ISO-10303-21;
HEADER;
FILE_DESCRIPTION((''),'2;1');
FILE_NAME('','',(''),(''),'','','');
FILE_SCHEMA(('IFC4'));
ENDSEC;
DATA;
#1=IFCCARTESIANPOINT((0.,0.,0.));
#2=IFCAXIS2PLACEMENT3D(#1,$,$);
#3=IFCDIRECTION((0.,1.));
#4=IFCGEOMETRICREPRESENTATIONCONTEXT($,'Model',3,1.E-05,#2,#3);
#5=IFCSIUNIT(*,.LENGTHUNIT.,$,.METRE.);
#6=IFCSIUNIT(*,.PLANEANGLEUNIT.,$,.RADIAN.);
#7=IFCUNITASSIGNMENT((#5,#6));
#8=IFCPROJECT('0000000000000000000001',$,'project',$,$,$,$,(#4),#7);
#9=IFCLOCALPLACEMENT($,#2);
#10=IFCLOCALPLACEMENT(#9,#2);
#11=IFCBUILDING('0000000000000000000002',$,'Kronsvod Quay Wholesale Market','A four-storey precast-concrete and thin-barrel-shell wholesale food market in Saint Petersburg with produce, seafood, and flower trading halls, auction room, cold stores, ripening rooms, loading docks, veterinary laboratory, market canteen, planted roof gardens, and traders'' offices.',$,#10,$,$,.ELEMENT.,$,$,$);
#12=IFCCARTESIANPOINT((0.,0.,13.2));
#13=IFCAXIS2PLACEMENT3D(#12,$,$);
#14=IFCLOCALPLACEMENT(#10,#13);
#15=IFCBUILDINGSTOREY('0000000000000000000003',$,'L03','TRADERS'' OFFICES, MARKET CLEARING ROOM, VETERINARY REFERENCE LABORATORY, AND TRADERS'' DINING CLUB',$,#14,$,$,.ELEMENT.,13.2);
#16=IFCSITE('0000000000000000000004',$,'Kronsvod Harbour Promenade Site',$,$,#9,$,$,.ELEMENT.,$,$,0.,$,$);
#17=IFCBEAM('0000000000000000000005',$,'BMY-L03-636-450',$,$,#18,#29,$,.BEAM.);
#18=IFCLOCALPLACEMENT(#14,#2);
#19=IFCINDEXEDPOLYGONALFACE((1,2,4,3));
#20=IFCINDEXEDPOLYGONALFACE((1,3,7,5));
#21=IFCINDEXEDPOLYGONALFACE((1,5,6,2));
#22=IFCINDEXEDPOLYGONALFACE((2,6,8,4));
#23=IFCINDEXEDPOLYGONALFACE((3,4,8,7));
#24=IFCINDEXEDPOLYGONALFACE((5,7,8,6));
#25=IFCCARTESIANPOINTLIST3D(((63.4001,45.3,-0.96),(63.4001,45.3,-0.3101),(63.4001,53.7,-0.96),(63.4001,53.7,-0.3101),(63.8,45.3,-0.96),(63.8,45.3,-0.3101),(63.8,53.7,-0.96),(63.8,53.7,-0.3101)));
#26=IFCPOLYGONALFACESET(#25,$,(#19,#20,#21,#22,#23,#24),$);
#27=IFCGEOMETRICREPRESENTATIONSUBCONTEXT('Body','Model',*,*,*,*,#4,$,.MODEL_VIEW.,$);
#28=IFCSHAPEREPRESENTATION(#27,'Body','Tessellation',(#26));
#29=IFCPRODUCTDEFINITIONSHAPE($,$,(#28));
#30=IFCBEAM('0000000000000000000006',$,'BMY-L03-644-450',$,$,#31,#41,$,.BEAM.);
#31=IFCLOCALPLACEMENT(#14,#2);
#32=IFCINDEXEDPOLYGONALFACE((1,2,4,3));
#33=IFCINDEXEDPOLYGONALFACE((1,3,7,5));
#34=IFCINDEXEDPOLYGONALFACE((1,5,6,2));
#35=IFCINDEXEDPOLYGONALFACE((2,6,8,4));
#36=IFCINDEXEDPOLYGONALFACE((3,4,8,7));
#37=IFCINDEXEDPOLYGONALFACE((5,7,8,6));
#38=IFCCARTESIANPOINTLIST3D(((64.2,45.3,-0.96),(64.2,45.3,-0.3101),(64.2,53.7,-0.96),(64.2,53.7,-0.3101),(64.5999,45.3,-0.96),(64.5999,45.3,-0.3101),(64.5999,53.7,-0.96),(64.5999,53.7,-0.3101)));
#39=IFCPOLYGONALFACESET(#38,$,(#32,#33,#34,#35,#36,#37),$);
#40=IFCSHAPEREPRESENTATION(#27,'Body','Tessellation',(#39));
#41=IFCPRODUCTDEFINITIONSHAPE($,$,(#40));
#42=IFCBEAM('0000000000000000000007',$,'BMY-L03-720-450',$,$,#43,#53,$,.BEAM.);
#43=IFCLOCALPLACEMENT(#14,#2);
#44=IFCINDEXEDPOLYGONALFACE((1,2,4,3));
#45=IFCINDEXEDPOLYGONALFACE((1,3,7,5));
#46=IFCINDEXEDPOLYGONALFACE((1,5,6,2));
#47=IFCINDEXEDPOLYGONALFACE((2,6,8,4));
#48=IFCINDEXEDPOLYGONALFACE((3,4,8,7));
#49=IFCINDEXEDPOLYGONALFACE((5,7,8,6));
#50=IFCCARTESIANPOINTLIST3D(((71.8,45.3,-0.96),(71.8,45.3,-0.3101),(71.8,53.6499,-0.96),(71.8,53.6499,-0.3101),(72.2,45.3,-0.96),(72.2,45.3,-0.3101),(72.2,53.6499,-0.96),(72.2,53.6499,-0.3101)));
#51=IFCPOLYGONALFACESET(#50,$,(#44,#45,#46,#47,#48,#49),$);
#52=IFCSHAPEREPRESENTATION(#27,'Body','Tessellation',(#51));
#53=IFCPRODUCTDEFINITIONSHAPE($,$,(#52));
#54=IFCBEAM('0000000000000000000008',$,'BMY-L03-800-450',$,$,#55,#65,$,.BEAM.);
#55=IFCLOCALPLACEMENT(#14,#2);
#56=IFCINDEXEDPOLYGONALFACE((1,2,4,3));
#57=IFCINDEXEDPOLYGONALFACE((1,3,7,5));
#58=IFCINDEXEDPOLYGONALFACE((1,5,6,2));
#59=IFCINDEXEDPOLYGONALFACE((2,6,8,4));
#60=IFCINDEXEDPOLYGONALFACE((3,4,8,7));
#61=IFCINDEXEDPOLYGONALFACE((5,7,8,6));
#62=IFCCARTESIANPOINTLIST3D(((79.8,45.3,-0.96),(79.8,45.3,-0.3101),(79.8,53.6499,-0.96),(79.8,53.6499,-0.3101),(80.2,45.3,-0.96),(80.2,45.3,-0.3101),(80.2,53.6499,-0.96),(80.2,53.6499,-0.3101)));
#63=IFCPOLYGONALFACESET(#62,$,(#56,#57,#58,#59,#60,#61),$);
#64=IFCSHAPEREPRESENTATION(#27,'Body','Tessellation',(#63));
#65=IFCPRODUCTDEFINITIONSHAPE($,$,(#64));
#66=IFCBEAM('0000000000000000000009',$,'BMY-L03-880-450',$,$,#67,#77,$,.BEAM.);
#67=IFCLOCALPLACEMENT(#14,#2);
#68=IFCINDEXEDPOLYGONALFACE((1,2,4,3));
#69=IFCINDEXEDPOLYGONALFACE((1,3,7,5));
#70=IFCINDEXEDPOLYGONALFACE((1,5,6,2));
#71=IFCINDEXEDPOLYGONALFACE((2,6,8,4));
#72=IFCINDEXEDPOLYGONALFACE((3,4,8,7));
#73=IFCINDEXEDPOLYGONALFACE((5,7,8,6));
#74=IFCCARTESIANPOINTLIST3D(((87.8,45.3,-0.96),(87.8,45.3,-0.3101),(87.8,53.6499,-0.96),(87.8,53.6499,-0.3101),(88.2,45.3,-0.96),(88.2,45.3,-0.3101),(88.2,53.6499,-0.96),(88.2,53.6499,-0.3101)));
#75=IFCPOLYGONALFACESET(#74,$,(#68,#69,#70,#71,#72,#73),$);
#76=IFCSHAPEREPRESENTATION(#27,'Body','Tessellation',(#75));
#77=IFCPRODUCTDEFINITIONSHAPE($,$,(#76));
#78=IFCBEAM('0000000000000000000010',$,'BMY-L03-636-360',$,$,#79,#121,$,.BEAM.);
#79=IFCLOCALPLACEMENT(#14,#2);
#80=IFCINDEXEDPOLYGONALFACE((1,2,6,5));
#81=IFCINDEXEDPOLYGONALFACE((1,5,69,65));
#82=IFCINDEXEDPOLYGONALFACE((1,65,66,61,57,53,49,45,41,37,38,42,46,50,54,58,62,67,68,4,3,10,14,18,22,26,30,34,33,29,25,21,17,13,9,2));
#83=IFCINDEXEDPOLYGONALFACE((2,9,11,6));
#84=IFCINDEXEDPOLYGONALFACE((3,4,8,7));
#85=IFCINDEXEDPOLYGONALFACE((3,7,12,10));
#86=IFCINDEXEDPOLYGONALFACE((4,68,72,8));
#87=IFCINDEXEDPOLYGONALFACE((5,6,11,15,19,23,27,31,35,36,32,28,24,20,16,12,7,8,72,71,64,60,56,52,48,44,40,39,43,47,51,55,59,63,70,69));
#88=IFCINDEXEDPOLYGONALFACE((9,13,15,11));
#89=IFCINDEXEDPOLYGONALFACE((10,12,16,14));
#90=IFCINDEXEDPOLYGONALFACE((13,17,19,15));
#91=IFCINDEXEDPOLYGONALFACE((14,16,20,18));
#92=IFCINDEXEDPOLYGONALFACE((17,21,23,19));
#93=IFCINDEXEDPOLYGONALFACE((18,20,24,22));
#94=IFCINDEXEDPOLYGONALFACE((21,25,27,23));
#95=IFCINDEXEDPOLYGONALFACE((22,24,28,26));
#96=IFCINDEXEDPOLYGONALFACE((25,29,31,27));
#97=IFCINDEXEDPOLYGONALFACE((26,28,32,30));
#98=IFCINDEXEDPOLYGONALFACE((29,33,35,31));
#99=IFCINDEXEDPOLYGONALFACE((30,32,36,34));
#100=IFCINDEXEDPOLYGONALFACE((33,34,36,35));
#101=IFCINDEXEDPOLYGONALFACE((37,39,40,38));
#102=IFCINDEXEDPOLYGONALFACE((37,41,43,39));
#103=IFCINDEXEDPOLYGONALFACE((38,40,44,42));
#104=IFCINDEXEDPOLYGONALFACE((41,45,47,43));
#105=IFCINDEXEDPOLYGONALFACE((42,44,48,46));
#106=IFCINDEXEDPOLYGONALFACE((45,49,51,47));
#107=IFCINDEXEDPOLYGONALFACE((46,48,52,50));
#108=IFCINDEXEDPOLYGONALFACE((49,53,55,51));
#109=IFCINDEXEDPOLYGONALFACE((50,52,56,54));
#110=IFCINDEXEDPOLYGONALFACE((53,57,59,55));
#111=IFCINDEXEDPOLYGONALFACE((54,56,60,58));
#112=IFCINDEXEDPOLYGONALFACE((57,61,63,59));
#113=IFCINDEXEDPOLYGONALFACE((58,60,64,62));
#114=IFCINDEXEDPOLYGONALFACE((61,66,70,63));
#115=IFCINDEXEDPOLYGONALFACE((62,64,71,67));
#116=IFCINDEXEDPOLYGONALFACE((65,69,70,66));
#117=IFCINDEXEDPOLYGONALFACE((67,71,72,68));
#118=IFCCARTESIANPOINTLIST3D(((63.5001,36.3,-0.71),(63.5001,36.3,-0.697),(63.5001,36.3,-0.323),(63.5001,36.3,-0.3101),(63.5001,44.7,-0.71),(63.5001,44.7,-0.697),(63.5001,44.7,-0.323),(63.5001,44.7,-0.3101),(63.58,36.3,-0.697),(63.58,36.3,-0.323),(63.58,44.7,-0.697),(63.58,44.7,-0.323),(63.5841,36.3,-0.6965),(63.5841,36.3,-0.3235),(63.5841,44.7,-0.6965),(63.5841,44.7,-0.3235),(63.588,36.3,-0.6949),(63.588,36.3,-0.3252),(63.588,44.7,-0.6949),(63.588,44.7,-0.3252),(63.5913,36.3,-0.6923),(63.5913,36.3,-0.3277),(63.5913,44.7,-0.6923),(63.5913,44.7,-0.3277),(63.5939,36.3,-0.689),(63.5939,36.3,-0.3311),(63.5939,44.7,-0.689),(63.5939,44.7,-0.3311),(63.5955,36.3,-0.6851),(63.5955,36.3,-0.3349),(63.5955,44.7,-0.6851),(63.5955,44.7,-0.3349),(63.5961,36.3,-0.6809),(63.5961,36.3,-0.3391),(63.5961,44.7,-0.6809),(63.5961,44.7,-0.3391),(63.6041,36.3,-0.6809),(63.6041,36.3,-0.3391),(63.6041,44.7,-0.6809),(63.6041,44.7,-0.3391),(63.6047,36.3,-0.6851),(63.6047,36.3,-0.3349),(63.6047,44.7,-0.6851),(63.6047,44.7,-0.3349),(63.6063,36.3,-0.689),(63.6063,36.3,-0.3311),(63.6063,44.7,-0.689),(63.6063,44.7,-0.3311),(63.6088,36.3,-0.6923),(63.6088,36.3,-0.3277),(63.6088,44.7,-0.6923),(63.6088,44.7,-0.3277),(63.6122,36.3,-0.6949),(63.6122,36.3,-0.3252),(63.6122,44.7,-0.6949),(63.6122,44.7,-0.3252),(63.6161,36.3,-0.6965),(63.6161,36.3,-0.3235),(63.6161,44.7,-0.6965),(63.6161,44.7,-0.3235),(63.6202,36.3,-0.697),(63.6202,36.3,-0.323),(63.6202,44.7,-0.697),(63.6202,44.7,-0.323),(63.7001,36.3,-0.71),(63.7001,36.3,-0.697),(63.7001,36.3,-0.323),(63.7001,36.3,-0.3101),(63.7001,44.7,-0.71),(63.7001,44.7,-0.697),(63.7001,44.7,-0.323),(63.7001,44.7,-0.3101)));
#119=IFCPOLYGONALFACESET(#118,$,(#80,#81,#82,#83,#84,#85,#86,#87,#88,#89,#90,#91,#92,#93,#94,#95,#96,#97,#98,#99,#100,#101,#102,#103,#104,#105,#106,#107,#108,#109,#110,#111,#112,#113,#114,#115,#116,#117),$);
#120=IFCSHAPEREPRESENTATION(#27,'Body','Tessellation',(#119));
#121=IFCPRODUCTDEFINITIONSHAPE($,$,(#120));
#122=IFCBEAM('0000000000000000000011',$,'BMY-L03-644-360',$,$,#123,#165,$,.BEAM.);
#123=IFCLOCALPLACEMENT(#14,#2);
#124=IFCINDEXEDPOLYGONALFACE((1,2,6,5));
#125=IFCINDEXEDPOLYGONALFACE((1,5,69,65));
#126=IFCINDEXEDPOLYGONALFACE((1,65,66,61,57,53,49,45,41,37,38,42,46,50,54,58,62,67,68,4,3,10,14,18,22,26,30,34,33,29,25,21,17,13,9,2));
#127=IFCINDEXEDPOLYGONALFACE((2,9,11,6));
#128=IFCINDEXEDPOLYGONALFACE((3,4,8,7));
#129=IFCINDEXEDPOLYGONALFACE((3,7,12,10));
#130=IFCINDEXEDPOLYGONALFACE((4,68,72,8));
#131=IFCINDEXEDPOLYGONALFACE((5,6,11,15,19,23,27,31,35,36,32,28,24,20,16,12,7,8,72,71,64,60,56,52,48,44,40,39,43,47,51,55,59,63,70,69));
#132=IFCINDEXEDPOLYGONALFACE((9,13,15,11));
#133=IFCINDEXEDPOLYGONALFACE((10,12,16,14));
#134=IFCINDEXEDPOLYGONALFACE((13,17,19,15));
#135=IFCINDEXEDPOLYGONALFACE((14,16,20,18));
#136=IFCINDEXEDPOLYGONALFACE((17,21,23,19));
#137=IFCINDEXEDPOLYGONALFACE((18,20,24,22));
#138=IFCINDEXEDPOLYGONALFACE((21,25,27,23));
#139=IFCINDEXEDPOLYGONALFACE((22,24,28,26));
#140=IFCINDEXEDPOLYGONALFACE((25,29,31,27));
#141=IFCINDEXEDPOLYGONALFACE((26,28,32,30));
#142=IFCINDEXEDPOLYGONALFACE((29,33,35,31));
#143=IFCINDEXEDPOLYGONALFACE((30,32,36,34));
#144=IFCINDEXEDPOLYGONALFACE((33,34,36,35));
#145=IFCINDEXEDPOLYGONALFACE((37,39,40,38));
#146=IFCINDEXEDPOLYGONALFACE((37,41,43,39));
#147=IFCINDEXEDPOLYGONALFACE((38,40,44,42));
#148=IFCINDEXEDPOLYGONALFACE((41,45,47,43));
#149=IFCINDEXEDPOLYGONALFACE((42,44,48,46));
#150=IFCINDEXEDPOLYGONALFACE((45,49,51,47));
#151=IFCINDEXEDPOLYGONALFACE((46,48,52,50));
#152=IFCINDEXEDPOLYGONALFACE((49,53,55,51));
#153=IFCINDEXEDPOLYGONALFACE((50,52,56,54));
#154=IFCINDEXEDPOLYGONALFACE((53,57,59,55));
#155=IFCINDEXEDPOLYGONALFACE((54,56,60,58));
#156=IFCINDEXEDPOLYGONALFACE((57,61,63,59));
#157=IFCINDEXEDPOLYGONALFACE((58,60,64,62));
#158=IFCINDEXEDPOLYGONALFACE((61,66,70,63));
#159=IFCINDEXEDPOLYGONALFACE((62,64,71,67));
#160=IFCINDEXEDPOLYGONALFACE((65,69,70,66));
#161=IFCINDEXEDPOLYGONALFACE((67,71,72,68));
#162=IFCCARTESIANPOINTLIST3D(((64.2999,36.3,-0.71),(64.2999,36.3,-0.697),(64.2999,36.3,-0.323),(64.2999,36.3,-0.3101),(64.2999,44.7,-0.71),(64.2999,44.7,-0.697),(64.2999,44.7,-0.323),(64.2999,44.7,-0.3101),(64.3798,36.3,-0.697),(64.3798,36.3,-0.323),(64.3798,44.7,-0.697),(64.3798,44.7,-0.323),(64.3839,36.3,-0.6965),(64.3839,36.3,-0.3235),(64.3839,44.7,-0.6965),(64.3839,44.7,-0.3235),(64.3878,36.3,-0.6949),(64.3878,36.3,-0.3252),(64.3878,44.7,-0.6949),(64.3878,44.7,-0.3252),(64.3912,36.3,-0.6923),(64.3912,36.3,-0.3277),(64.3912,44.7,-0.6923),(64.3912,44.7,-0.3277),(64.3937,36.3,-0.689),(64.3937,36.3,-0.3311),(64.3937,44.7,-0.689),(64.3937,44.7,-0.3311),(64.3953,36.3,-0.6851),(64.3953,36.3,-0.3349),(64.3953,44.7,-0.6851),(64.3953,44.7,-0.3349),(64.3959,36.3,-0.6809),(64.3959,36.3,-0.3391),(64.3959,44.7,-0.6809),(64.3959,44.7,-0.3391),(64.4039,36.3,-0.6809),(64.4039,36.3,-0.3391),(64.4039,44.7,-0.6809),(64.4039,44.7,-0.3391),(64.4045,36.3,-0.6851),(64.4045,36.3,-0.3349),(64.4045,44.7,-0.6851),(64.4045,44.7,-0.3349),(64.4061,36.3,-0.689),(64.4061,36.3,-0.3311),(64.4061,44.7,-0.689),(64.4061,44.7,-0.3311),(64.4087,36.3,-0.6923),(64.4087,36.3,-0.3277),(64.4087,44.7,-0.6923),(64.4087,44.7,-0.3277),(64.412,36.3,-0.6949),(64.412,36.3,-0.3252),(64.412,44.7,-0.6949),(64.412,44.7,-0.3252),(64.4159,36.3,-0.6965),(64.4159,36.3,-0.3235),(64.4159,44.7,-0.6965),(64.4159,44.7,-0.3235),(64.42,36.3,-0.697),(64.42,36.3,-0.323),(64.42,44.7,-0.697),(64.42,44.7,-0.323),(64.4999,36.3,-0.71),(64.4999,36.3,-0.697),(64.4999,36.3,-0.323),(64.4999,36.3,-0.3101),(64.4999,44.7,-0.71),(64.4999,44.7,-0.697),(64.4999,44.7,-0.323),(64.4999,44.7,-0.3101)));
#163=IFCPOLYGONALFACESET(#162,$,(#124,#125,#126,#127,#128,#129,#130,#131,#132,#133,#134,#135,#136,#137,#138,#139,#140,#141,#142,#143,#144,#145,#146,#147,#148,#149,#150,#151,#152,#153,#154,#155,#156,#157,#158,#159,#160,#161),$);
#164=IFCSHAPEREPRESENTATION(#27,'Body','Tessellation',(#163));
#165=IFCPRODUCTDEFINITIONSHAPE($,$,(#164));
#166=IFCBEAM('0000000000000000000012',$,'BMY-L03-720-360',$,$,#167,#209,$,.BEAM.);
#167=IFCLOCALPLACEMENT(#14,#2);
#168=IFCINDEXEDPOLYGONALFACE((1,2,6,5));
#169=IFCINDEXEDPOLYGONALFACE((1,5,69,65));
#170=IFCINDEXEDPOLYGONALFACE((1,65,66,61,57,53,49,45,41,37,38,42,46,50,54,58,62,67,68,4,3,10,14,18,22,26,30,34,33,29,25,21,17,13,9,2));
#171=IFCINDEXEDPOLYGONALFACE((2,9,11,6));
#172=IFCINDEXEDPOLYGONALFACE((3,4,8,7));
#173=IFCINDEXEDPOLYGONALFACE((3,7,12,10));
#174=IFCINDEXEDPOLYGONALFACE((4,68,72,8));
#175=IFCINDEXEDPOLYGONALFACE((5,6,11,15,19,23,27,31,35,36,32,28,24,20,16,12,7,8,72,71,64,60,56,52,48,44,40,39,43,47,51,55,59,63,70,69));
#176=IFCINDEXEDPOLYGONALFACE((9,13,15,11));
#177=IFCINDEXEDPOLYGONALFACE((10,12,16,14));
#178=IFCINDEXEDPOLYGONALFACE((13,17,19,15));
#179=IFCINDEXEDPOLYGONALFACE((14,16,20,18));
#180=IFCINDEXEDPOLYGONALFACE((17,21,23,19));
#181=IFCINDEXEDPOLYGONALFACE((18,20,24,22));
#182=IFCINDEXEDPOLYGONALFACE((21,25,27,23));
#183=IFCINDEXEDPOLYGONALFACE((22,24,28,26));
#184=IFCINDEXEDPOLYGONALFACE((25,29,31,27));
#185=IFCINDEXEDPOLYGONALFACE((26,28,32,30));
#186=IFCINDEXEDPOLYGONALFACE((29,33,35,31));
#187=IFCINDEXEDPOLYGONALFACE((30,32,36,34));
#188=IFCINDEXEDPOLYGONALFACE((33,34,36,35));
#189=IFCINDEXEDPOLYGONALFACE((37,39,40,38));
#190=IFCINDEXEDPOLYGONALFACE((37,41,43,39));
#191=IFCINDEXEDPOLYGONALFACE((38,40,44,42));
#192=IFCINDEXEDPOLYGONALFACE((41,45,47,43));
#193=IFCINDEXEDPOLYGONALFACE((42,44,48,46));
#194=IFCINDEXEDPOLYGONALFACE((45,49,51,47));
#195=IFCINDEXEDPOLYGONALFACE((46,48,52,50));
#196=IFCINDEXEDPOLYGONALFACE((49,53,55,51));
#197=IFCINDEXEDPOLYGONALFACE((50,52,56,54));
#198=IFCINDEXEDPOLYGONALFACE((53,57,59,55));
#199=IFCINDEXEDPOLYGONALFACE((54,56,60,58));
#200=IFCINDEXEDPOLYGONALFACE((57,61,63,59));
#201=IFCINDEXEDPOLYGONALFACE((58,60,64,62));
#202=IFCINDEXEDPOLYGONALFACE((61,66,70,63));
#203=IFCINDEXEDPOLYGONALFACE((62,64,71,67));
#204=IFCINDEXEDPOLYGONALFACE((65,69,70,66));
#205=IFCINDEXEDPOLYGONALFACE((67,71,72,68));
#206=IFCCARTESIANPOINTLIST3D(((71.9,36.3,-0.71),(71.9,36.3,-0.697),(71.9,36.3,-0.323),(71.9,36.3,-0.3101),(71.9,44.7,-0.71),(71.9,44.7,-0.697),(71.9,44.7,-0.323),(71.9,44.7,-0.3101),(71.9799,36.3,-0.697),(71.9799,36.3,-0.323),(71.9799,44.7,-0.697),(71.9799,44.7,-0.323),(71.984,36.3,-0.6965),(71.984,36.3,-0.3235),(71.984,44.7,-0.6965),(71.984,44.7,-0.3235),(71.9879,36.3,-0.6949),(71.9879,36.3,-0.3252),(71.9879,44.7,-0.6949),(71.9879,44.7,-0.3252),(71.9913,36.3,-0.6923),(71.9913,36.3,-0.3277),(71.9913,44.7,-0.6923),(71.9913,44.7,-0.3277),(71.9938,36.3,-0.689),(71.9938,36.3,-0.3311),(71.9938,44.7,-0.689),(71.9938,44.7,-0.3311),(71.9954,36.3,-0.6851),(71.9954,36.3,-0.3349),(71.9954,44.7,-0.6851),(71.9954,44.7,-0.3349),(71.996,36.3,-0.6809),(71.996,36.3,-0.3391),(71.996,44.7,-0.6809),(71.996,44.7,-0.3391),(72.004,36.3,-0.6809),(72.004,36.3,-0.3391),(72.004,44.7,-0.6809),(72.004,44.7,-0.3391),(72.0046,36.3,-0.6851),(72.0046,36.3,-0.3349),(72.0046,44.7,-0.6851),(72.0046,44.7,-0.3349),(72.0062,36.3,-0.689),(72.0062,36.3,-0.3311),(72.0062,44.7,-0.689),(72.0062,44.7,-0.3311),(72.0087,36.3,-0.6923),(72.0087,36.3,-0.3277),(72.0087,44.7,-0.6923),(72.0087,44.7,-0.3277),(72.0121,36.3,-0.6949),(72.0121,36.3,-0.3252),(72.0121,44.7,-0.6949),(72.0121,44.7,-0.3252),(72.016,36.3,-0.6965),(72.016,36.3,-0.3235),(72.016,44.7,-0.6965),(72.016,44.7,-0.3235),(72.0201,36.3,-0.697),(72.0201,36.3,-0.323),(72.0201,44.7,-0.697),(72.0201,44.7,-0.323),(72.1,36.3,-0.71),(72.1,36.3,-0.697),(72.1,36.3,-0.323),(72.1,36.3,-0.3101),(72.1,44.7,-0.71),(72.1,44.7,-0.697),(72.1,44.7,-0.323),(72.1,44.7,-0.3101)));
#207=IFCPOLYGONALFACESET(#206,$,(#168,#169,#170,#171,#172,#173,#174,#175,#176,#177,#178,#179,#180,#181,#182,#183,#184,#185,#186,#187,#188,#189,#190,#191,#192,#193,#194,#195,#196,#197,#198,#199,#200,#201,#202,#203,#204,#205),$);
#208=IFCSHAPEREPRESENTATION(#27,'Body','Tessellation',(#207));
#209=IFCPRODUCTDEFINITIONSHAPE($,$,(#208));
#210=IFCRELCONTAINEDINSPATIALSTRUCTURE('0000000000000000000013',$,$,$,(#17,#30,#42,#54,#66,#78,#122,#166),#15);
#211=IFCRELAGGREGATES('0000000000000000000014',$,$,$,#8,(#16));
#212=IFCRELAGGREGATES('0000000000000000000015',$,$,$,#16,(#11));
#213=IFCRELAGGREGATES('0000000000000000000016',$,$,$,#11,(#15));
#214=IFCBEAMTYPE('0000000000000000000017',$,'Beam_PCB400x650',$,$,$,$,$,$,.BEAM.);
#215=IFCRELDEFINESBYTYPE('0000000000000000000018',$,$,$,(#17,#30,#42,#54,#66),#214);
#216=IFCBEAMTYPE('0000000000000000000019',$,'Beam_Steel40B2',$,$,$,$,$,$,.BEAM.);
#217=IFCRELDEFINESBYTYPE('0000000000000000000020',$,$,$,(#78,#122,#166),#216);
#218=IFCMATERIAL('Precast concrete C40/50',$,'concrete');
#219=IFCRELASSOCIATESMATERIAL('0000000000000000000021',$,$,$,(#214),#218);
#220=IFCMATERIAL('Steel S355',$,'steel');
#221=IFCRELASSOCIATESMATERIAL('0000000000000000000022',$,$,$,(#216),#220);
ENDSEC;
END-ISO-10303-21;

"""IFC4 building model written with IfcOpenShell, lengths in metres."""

from ifc_helpers import new_model, si_unit, direction, frame, origin, origin_2d, place, context, subcontext, project, spatial, rectangle, i_section, extrude, material, material_profile, profile_set, type_object, element, save


model = new_model("IFC4")

# Units and contexts
model_context = context("Model", 3, precision=1e-05, world=origin(), true_north=direction((0.0, 1.0)))
body_context = subcontext(model_context, "Body", "Model", "MODEL_VIEW")
ifc_project = project(units=[si_unit("LENGTHUNIT", "METRE"), si_unit("PLANEANGLEUNIT", "RADIAN")], contexts=[model_context])

# Site, building, storey
site_placement = place(None, origin())
site = spatial("IfcSite", under=ifc_project, at=site_placement, Name="Kronsvod Harbour Promenade Site", CompositionType="ELEMENT", RefElevation=0.0)
building_placement = place(site_placement, origin())
building = spatial("IfcBuilding", under=site, at=building_placement, Name="Kronsvod Quay Wholesale Market", Description="A four-storey precast-concrete and thin-barrel-shell wholesale food market in Saint Petersburg with produce, seafood, and flower trading halls, auction room, cold stores, ripening rooms, loading docks, veterinary laboratory, market canteen, planted roof gardens, and traders' offices.", CompositionType="ELEMENT")
storey_placement = place(building_placement, frame((0.0, 0.0, 13.2)))
storey = spatial("IfcBuildingStorey", under=building, at=storey_placement, Name="L03", Description="TRADERS' OFFICES, MARKET CLEARING ROOM, VETERINARY REFERENCE LABORATORY, AND TRADERS' DINING CLUB", CompositionType="ELEMENT", Elevation=13.2)

# Beams
ifc_material_1 = material(Name="Precast concrete C40/50", Category="concrete")
ifc_material_profile_1 = material_profile(ifc_material_1, rectangle(XDim=0.3999, YDim=0.6499, at=origin_2d()), Name="PCB400x650")
ifc_profile_set_1 = profile_set([ifc_material_profile_1], Name="Precast concrete C40/50")
beam_type_1 = type_object("IfcBeamType", Name="Beam_PCB400x650", PredefinedType="BEAM", material=ifc_profile_set_1)
for number, where, z_axis, x_axis, name in (
    (1, (63.6001, 45.3, -0.635), (0.0, 1.0, 0.0), (-1.0, 0.0, 0.0), "BMY-L03-636-450"),
    (2, (64.3999, 45.3, -0.635), (0.0, 1.0, 0.0), (-1.0, 0.0, 0.0), "BMY-L03-644-450"),
):
    element("IfcBeam", number, at=place(storey_placement, frame(where, z_axis=z_axis, x_axis=x_axis)), inside=storey, type_object=beam_type_1, Name=name, PredefinedType="BEAM", context=body_context, shape_type="SweptSolid", body=[
        extrude(rectangle(XDim=0.3999, YDim=0.6499, at=origin_2d()), origin(), (0.0, 0.0, 1.0), 8.3999),
    ])
for number, where, z_axis, x_axis, name in (
    (3, (72.0, 45.3, -0.635), (0.0, 1.0, 0.0), (-1.0, 0.0, 0.0), "BMY-L03-720-450"),
    (4, (80.0, 45.3, -0.635), (0.0, 1.0, 0.0), (-1.0, 0.0, 0.0), "BMY-L03-800-450"),
    (5, (88.0, 45.3, -0.635), (0.0, 1.0, 0.0), (-1.0, 0.0, 0.0), "BMY-L03-880-450"),
):
    element("IfcBeam", number, at=place(storey_placement, frame(where, z_axis=z_axis, x_axis=x_axis)), inside=storey, type_object=beam_type_1, Name=name, PredefinedType="BEAM", context=body_context, shape_type="SweptSolid", body=[
        extrude(rectangle(XDim=0.3999, YDim=0.6499, at=origin_2d()), origin(), (0.0, 0.0, 1.0), 8.3499),
    ])
ifc_material_2 = material(Name="Steel S355", Category="steel")
ifc_material_profile_2 = material_profile(ifc_material_2, i_section(OverallWidth=0.2, OverallDepth=0.3999, WebThickness=0.0081, FlangeThickness=0.0129, FilletRadius=0.0161, at=origin_2d()), Name="40B2")
ifc_profile_set_2 = profile_set([ifc_material_profile_2], Name="Steel S355")
beam_type_2 = type_object("IfcBeamType", Name="Beam_Steel40B2", PredefinedType="BEAM", material=ifc_profile_set_2)
for number, where, z_axis, x_axis, name in (
    (6, (63.6001, 36.3, -0.51), (0.0, 1.0, 0.0), (-1.0, 0.0, 0.0), "BMY-L03-636-360"),
    (7, (64.3999, 36.3, -0.51), (0.0, 1.0, 0.0), (-1.0, 0.0, 0.0), "BMY-L03-644-360"),
    (8, (72.0, 36.3, -0.51), (0.0, 1.0, 0.0), (-1.0, 0.0, 0.0), "BMY-L03-720-360"),
):
    element("IfcBeam", number, at=place(storey_placement, frame(where, z_axis=z_axis, x_axis=x_axis)), inside=storey, type_object=beam_type_2, Name=name, PredefinedType="BEAM", context=body_context, shape_type="SweptSolid", body=[
        extrude(i_section(OverallWidth=0.2, OverallDepth=0.3999, WebThickness=0.0081, FlangeThickness=0.0129, FilletRadius=0.0161, at=origin_2d()), origin(), (0.0, 0.0, 1.0), 8.3999),
    ])

save(model, "model.ifc")
